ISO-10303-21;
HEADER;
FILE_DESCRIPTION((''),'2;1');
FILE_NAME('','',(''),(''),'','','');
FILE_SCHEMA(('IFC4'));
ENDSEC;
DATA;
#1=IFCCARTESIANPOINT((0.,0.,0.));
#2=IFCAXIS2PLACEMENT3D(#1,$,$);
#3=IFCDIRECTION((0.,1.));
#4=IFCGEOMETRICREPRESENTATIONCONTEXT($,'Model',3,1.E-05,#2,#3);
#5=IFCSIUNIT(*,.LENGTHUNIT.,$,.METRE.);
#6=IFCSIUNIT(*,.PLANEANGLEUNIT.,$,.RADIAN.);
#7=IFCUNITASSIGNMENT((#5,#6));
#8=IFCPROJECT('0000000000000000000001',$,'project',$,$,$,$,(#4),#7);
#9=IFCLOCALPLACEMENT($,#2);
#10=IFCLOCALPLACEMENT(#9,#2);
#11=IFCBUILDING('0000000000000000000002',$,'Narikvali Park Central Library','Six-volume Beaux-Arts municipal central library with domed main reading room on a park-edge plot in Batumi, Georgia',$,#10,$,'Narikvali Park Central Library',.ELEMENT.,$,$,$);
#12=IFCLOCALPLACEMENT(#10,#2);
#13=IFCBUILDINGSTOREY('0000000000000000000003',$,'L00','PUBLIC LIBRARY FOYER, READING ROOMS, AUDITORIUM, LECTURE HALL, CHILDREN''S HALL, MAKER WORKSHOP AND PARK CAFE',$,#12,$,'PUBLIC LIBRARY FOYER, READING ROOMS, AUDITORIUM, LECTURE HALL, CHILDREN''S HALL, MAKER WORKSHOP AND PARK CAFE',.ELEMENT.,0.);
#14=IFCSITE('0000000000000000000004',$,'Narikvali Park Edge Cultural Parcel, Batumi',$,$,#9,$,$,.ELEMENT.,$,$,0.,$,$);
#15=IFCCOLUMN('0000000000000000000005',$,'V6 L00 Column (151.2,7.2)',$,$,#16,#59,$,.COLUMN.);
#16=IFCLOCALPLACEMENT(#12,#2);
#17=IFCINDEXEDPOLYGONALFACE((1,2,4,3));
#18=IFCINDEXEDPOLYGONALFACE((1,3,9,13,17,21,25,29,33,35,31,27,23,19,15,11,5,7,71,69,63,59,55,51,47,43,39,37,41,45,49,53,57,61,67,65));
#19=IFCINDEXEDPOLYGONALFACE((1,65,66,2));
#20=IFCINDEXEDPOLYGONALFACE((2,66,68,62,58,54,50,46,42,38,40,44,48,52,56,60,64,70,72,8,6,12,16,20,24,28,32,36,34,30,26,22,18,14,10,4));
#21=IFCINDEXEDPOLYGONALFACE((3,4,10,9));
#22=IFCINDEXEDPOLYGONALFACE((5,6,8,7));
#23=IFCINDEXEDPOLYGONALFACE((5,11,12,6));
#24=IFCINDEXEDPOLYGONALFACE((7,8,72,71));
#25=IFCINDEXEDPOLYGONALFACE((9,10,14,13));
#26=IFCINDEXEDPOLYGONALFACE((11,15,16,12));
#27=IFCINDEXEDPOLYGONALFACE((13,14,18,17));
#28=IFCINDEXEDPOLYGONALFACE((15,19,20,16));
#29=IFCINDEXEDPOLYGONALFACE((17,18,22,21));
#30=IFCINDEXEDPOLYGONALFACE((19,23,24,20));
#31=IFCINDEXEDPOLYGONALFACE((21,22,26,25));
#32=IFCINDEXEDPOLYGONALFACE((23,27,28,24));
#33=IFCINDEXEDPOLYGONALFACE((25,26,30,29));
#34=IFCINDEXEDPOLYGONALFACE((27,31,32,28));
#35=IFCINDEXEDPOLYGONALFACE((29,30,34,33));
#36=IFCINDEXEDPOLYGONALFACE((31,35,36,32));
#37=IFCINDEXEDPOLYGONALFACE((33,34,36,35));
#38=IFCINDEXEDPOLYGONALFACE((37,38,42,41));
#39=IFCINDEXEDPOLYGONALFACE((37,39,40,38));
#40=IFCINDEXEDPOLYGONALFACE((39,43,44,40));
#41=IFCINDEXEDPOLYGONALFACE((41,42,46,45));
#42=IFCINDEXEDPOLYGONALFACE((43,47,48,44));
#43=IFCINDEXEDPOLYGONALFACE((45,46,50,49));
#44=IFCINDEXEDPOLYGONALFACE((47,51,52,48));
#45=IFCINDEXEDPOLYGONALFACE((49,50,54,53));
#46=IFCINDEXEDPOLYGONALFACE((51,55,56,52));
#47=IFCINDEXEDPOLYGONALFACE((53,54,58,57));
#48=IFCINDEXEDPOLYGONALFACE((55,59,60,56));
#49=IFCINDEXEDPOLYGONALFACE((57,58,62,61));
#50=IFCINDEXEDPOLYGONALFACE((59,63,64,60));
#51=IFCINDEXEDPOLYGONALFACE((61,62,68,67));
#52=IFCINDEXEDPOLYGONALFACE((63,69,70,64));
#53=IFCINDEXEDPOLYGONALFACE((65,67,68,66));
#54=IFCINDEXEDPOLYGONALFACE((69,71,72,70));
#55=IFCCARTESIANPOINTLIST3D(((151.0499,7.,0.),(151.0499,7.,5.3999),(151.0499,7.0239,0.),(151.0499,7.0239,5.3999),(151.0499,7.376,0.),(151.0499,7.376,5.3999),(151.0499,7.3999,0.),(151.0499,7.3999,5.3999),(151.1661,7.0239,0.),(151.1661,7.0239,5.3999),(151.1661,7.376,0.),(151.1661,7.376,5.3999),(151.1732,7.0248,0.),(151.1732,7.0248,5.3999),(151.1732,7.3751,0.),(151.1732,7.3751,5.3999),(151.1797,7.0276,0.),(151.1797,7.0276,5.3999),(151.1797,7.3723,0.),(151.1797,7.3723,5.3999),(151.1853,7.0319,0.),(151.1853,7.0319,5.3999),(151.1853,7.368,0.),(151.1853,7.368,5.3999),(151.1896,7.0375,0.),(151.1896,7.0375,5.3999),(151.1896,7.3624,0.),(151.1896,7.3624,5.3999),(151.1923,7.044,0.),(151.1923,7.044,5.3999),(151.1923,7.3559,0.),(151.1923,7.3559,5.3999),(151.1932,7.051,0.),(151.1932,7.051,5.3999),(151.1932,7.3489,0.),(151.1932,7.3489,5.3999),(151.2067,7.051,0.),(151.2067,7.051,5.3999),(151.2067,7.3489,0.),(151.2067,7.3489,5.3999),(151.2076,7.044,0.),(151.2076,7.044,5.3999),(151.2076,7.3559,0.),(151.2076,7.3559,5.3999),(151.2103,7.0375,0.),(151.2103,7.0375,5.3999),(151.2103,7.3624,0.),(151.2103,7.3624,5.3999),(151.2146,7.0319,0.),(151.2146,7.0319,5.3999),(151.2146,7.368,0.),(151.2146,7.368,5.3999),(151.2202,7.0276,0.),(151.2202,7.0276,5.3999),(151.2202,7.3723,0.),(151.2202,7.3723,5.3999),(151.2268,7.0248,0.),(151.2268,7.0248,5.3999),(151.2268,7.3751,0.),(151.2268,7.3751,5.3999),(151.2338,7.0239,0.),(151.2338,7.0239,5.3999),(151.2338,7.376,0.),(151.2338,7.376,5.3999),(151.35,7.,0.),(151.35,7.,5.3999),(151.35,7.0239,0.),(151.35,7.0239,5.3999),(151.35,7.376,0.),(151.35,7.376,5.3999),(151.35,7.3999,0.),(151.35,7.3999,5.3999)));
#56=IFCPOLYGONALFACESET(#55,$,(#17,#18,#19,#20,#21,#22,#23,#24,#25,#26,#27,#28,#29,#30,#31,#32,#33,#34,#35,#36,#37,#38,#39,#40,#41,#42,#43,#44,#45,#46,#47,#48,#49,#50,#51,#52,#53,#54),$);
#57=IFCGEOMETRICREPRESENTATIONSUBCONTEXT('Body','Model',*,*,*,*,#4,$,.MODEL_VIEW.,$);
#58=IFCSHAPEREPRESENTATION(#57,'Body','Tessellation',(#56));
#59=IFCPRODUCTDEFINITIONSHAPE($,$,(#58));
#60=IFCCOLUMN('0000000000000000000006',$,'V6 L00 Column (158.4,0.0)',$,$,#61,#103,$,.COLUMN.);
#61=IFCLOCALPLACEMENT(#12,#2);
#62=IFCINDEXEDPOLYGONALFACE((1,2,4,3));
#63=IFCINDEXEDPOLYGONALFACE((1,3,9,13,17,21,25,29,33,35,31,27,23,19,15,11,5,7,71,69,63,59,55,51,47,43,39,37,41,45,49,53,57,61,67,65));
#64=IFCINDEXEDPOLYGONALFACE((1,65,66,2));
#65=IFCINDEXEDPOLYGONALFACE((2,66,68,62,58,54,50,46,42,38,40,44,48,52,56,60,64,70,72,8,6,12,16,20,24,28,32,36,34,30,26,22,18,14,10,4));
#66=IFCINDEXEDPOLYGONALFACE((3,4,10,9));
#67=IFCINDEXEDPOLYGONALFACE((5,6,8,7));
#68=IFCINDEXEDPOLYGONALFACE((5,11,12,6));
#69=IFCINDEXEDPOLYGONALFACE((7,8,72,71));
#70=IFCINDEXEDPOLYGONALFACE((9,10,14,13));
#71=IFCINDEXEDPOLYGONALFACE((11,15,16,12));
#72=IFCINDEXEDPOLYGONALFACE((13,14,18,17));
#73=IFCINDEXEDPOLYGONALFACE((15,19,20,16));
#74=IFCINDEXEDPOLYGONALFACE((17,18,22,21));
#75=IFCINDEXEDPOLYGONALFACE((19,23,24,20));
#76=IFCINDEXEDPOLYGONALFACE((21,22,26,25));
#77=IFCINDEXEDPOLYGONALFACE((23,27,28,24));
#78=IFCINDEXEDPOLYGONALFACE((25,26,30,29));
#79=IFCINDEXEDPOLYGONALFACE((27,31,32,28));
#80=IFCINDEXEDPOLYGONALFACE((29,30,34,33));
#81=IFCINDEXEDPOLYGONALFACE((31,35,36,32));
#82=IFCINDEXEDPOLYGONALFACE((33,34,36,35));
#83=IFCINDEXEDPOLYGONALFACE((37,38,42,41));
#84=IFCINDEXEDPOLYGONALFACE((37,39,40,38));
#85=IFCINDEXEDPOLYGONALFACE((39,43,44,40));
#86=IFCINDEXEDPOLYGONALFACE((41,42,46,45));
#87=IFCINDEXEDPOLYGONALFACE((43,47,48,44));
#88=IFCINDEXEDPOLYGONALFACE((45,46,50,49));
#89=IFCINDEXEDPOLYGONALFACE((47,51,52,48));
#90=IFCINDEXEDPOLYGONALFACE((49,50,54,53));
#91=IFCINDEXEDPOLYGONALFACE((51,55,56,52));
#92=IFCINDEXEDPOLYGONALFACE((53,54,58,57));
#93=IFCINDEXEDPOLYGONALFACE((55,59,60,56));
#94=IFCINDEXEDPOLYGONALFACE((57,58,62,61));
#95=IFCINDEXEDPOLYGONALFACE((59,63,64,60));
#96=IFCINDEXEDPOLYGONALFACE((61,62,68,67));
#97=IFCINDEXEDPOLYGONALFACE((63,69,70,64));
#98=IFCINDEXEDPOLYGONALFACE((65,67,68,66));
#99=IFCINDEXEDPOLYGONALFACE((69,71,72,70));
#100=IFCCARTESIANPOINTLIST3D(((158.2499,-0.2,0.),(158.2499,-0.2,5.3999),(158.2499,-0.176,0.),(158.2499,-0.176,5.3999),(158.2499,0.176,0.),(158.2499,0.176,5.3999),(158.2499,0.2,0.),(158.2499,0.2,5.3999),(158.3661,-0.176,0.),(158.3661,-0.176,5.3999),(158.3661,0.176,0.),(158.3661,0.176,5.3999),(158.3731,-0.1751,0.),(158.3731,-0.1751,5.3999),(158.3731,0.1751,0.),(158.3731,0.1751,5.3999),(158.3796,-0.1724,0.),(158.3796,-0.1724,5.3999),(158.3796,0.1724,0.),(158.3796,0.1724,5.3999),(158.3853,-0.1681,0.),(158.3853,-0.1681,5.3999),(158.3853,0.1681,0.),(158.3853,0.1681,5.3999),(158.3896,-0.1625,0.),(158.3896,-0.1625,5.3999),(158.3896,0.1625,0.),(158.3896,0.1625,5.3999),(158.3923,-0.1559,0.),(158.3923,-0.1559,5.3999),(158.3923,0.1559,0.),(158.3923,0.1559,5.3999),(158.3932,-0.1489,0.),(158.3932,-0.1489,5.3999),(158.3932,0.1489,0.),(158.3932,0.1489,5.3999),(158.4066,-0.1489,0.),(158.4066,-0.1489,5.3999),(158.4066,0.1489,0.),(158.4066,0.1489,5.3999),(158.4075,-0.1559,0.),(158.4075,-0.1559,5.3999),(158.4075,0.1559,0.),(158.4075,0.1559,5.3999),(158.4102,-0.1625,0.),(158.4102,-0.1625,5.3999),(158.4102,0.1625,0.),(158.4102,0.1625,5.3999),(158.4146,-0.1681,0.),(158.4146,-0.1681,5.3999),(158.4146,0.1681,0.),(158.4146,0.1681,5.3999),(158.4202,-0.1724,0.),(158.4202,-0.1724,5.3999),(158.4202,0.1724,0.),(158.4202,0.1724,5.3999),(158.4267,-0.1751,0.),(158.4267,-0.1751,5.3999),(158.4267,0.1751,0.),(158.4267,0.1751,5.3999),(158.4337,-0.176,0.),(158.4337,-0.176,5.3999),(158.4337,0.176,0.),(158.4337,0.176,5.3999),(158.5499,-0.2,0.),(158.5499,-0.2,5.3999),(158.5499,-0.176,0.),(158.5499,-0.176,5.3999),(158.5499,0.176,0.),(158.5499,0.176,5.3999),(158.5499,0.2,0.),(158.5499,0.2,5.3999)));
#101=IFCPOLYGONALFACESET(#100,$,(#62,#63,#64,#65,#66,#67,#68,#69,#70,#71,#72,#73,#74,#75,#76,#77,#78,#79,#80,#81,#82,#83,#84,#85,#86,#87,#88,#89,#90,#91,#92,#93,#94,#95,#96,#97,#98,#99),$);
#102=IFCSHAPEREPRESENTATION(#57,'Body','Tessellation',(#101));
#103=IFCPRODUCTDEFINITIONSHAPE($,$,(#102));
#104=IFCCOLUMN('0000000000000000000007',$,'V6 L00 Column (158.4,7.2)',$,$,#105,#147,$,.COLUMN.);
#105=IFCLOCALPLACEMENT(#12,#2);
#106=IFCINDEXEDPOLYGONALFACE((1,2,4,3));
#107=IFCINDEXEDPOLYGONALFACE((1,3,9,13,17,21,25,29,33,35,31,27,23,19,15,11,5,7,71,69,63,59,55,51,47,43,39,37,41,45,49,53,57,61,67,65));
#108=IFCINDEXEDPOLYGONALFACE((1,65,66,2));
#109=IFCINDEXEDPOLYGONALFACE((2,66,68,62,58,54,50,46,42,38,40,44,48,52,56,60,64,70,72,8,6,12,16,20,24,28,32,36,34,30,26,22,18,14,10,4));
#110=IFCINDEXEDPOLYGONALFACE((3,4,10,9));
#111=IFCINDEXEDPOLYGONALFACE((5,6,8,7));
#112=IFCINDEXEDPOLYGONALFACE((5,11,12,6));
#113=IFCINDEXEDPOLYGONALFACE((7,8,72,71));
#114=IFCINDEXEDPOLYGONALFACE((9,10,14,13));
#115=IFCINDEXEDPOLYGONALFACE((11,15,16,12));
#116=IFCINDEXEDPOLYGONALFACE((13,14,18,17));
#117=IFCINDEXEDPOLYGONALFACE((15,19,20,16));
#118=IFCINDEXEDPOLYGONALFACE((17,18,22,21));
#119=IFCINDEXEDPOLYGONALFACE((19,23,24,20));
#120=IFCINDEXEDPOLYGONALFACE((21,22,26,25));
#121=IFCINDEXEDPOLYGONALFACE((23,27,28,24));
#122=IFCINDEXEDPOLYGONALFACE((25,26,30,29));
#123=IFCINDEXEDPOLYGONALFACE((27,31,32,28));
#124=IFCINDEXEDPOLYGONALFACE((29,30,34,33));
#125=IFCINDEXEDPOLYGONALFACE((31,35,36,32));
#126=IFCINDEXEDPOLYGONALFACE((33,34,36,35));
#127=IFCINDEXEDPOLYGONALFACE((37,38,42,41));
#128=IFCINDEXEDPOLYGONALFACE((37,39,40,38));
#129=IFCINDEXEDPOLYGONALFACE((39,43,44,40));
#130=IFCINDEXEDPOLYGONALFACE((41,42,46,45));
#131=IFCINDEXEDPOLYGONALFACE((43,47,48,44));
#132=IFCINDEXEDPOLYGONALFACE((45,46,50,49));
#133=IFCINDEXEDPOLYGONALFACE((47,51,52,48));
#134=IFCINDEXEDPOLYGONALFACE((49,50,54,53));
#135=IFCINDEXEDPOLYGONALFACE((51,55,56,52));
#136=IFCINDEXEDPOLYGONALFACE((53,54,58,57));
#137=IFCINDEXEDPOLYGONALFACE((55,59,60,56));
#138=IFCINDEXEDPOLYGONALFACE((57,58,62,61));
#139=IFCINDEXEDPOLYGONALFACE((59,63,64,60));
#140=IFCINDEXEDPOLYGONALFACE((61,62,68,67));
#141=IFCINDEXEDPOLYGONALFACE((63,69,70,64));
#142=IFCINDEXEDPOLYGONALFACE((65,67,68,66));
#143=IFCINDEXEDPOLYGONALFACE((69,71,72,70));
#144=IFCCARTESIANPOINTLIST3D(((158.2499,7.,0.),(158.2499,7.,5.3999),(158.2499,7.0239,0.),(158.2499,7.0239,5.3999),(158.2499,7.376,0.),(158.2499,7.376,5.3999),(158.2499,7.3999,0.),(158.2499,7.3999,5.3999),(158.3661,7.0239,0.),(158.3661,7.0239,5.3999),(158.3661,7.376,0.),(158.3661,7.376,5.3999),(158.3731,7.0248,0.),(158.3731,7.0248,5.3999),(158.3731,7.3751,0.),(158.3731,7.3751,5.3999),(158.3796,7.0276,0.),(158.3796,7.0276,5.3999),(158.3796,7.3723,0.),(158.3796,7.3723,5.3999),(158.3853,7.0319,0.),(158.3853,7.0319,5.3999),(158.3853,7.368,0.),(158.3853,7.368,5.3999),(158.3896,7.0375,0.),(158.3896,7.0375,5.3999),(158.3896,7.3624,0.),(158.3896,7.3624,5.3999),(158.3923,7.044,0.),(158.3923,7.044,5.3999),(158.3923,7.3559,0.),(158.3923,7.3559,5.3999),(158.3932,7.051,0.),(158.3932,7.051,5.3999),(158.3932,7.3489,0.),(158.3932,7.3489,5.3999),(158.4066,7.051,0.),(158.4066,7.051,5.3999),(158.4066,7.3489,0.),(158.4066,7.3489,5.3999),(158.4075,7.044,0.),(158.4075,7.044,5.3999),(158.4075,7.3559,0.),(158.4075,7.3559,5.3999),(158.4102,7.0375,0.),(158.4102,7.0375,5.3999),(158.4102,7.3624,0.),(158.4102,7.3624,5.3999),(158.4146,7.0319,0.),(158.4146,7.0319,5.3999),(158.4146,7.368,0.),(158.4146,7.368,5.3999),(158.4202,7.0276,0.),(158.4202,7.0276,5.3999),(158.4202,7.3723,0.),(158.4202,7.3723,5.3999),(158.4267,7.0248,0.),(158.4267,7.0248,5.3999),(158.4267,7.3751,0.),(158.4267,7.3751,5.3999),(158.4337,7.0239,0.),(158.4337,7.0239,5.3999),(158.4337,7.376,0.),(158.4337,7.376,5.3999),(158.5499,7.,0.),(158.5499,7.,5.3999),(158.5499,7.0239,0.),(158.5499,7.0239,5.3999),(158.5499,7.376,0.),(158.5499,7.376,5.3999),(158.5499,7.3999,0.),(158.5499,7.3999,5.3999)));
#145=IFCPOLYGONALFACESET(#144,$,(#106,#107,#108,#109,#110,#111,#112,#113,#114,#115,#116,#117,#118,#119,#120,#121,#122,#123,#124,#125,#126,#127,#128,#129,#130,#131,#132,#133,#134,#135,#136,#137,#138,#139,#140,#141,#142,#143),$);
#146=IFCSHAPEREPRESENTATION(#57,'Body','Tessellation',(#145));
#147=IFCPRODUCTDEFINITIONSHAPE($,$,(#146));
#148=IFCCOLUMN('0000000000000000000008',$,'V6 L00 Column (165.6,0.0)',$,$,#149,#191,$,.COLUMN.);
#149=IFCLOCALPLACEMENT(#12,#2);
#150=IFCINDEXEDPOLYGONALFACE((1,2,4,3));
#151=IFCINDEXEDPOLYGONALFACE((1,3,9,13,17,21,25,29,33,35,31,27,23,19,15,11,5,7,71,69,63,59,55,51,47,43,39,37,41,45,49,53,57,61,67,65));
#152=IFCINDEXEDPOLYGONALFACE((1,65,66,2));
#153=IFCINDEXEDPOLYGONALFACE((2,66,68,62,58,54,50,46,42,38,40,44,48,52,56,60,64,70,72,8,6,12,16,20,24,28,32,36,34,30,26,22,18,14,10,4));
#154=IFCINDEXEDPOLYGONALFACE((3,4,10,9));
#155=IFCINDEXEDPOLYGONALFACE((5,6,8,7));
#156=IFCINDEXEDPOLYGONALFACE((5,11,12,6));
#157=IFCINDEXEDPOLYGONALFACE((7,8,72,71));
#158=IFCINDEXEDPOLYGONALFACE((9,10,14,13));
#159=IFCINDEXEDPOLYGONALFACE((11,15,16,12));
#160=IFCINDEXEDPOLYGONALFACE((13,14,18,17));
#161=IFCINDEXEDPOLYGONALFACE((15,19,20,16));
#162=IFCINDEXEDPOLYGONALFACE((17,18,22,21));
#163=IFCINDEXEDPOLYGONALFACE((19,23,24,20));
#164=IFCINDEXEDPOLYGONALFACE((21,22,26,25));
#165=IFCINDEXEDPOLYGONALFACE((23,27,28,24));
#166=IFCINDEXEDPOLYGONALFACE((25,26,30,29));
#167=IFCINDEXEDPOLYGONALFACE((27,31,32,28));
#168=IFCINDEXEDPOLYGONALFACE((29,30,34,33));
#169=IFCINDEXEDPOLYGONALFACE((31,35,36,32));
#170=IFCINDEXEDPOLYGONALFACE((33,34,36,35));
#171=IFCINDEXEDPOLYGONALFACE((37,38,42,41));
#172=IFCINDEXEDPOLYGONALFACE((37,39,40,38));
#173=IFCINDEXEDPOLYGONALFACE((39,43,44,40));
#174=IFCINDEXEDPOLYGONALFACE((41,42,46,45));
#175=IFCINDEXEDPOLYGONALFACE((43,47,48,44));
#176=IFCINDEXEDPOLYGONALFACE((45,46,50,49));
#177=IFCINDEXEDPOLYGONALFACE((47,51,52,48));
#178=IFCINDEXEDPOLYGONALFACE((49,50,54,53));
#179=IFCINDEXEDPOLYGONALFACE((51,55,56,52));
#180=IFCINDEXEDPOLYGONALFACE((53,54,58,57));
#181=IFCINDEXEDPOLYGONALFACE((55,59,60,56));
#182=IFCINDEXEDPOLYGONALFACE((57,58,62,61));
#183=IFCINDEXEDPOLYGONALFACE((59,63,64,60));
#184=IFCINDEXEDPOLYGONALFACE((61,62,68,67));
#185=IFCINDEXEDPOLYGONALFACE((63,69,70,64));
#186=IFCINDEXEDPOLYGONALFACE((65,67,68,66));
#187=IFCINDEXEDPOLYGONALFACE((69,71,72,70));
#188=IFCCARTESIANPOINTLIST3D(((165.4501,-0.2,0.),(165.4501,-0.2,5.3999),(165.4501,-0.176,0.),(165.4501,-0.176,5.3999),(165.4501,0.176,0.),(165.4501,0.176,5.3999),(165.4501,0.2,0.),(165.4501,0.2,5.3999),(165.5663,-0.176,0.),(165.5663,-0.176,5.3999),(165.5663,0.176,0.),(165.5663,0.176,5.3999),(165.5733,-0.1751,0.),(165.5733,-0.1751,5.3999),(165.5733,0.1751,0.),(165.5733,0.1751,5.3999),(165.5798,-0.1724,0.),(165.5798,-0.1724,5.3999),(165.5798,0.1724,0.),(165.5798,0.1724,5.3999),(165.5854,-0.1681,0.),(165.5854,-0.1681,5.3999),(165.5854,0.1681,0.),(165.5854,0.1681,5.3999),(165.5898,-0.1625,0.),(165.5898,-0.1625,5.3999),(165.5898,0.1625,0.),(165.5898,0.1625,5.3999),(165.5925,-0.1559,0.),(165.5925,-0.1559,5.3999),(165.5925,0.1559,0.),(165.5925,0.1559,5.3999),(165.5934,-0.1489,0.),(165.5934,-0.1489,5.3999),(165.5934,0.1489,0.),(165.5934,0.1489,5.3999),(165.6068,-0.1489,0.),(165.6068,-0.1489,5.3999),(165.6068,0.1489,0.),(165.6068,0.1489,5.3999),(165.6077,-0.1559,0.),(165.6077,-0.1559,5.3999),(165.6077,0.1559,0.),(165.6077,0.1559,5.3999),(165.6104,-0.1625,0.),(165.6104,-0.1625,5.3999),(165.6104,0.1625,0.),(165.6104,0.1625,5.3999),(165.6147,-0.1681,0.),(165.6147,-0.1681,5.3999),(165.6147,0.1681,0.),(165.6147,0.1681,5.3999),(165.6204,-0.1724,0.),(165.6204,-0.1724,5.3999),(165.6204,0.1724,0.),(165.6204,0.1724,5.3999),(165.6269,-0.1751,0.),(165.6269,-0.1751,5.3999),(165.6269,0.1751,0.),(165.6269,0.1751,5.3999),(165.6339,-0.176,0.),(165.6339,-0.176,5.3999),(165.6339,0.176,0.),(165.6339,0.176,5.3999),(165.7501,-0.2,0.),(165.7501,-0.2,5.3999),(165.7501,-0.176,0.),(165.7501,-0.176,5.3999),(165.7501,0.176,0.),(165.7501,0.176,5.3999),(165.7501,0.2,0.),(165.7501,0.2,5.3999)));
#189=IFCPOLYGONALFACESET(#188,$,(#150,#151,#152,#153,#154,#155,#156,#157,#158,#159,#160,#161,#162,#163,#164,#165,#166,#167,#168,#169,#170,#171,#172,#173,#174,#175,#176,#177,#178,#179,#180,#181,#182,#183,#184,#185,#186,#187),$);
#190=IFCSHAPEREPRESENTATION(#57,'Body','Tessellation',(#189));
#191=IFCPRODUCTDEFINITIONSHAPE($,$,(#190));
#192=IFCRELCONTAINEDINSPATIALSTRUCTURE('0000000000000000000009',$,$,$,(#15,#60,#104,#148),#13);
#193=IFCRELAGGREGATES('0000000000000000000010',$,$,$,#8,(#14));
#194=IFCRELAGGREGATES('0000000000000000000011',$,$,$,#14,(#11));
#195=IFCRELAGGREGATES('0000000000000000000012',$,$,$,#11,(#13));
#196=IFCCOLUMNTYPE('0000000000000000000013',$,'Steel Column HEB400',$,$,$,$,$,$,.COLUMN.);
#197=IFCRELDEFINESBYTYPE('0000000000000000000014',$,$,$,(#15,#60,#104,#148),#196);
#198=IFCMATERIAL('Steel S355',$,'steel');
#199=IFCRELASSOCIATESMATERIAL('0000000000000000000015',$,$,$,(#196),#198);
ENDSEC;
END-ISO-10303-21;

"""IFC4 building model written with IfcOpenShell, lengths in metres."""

from ifc_helpers import new_model, si_unit, direction, frame, origin, origin_2d, place, context, subcontext, project, spatial, i_section, extrude, material, material_profile, profile_set, type_object, element, save


model = new_model("IFC4")

# Units and contexts
model_context = context("Model", 3, precision=1e-05, world=origin(), true_north=direction((0.0, 1.0)))
body_context = subcontext(model_context, "Body", "Model", "MODEL_VIEW")
ifc_project = project(units=[si_unit("LENGTHUNIT", "METRE"), si_unit("PLANEANGLEUNIT", "RADIAN")], contexts=[model_context])

# Site, building, storey
site_placement = place(None, origin())
site = spatial("IfcSite", under=ifc_project, at=site_placement, Name="Narikvali Park Edge Cultural Parcel, Batumi", CompositionType="ELEMENT", RefElevation=0.0)
building_placement = place(site_placement, origin())
building = spatial("IfcBuilding", under=site, at=building_placement, Name="Narikvali Park Central Library", Description="Six-volume Beaux-Arts municipal central library with domed main reading room on a park-edge plot in Batumi, Georgia", LongName="Narikvali Park Central Library", CompositionType="ELEMENT")
storey_placement = place(building_placement, origin())
storey = spatial("IfcBuildingStorey", under=building, at=storey_placement, Name="L00", Description="PUBLIC LIBRARY FOYER, READING ROOMS, AUDITORIUM, LECTURE HALL, CHILDREN'S HALL, MAKER WORKSHOP AND PARK CAFE", LongName="PUBLIC LIBRARY FOYER, READING ROOMS, AUDITORIUM, LECTURE HALL, CHILDREN'S HALL, MAKER WORKSHOP AND PARK CAFE", CompositionType="ELEMENT", Elevation=0.0)

# Columns
ifc_material_1 = material(Name="Steel S355", Category="steel")
ifc_material_profile_1 = material_profile(ifc_material_1, i_section(OverallWidth=0.3, OverallDepth=0.3999, WebThickness=0.0134, FlangeThickness=0.0239, FilletRadius=0.0271, at=origin_2d()), Name="HEB 400")
ifc_profile_set_1 = profile_set([ifc_material_profile_1], Name="Steel S355")
column_type = type_object("IfcColumnType", Name="Steel Column HEB400", PredefinedType="COLUMN", material=ifc_profile_set_1)
for number, where, z_axis, x_axis, name in (
    (1, (151.2, 7.2, 0.0), (0.0, 0.0, 1.0), (1.0, 0.0, 0.0), "V6 L00 Column (151.2,7.2)"),
    (2, (158.3999, 0.0, 0.0), (0.0, 0.0, 1.0), (1.0, 0.0, 0.0), "V6 L00 Column (158.4,0.0)"),
    (3, (158.3999, 7.2, 0.0), (0.0, 0.0, 1.0), (1.0, 0.0, 0.0), "V6 L00 Column (158.4,7.2)"),
    (4, (165.6001, 0.0, 0.0), (0.0, 0.0, 1.0), (1.0, 0.0, 0.0), "V6 L00 Column (165.6,0.0)"),
):
    element("IfcColumn", number, at=place(storey_placement, frame(where, z_axis=z_axis, x_axis=x_axis)), inside=storey, type_object=column_type, Name=name, PredefinedType="COLUMN", context=body_context, shape_type="SweptSolid", body=[
        extrude(i_section(OverallWidth=0.3, OverallDepth=0.3999, WebThickness=0.0134, FlangeThickness=0.0239, FilletRadius=0.0271, at=origin_2d()), origin(), (0.0, 0.0, 1.0), 5.3999),
    ])

save(model, "model.ifc")
